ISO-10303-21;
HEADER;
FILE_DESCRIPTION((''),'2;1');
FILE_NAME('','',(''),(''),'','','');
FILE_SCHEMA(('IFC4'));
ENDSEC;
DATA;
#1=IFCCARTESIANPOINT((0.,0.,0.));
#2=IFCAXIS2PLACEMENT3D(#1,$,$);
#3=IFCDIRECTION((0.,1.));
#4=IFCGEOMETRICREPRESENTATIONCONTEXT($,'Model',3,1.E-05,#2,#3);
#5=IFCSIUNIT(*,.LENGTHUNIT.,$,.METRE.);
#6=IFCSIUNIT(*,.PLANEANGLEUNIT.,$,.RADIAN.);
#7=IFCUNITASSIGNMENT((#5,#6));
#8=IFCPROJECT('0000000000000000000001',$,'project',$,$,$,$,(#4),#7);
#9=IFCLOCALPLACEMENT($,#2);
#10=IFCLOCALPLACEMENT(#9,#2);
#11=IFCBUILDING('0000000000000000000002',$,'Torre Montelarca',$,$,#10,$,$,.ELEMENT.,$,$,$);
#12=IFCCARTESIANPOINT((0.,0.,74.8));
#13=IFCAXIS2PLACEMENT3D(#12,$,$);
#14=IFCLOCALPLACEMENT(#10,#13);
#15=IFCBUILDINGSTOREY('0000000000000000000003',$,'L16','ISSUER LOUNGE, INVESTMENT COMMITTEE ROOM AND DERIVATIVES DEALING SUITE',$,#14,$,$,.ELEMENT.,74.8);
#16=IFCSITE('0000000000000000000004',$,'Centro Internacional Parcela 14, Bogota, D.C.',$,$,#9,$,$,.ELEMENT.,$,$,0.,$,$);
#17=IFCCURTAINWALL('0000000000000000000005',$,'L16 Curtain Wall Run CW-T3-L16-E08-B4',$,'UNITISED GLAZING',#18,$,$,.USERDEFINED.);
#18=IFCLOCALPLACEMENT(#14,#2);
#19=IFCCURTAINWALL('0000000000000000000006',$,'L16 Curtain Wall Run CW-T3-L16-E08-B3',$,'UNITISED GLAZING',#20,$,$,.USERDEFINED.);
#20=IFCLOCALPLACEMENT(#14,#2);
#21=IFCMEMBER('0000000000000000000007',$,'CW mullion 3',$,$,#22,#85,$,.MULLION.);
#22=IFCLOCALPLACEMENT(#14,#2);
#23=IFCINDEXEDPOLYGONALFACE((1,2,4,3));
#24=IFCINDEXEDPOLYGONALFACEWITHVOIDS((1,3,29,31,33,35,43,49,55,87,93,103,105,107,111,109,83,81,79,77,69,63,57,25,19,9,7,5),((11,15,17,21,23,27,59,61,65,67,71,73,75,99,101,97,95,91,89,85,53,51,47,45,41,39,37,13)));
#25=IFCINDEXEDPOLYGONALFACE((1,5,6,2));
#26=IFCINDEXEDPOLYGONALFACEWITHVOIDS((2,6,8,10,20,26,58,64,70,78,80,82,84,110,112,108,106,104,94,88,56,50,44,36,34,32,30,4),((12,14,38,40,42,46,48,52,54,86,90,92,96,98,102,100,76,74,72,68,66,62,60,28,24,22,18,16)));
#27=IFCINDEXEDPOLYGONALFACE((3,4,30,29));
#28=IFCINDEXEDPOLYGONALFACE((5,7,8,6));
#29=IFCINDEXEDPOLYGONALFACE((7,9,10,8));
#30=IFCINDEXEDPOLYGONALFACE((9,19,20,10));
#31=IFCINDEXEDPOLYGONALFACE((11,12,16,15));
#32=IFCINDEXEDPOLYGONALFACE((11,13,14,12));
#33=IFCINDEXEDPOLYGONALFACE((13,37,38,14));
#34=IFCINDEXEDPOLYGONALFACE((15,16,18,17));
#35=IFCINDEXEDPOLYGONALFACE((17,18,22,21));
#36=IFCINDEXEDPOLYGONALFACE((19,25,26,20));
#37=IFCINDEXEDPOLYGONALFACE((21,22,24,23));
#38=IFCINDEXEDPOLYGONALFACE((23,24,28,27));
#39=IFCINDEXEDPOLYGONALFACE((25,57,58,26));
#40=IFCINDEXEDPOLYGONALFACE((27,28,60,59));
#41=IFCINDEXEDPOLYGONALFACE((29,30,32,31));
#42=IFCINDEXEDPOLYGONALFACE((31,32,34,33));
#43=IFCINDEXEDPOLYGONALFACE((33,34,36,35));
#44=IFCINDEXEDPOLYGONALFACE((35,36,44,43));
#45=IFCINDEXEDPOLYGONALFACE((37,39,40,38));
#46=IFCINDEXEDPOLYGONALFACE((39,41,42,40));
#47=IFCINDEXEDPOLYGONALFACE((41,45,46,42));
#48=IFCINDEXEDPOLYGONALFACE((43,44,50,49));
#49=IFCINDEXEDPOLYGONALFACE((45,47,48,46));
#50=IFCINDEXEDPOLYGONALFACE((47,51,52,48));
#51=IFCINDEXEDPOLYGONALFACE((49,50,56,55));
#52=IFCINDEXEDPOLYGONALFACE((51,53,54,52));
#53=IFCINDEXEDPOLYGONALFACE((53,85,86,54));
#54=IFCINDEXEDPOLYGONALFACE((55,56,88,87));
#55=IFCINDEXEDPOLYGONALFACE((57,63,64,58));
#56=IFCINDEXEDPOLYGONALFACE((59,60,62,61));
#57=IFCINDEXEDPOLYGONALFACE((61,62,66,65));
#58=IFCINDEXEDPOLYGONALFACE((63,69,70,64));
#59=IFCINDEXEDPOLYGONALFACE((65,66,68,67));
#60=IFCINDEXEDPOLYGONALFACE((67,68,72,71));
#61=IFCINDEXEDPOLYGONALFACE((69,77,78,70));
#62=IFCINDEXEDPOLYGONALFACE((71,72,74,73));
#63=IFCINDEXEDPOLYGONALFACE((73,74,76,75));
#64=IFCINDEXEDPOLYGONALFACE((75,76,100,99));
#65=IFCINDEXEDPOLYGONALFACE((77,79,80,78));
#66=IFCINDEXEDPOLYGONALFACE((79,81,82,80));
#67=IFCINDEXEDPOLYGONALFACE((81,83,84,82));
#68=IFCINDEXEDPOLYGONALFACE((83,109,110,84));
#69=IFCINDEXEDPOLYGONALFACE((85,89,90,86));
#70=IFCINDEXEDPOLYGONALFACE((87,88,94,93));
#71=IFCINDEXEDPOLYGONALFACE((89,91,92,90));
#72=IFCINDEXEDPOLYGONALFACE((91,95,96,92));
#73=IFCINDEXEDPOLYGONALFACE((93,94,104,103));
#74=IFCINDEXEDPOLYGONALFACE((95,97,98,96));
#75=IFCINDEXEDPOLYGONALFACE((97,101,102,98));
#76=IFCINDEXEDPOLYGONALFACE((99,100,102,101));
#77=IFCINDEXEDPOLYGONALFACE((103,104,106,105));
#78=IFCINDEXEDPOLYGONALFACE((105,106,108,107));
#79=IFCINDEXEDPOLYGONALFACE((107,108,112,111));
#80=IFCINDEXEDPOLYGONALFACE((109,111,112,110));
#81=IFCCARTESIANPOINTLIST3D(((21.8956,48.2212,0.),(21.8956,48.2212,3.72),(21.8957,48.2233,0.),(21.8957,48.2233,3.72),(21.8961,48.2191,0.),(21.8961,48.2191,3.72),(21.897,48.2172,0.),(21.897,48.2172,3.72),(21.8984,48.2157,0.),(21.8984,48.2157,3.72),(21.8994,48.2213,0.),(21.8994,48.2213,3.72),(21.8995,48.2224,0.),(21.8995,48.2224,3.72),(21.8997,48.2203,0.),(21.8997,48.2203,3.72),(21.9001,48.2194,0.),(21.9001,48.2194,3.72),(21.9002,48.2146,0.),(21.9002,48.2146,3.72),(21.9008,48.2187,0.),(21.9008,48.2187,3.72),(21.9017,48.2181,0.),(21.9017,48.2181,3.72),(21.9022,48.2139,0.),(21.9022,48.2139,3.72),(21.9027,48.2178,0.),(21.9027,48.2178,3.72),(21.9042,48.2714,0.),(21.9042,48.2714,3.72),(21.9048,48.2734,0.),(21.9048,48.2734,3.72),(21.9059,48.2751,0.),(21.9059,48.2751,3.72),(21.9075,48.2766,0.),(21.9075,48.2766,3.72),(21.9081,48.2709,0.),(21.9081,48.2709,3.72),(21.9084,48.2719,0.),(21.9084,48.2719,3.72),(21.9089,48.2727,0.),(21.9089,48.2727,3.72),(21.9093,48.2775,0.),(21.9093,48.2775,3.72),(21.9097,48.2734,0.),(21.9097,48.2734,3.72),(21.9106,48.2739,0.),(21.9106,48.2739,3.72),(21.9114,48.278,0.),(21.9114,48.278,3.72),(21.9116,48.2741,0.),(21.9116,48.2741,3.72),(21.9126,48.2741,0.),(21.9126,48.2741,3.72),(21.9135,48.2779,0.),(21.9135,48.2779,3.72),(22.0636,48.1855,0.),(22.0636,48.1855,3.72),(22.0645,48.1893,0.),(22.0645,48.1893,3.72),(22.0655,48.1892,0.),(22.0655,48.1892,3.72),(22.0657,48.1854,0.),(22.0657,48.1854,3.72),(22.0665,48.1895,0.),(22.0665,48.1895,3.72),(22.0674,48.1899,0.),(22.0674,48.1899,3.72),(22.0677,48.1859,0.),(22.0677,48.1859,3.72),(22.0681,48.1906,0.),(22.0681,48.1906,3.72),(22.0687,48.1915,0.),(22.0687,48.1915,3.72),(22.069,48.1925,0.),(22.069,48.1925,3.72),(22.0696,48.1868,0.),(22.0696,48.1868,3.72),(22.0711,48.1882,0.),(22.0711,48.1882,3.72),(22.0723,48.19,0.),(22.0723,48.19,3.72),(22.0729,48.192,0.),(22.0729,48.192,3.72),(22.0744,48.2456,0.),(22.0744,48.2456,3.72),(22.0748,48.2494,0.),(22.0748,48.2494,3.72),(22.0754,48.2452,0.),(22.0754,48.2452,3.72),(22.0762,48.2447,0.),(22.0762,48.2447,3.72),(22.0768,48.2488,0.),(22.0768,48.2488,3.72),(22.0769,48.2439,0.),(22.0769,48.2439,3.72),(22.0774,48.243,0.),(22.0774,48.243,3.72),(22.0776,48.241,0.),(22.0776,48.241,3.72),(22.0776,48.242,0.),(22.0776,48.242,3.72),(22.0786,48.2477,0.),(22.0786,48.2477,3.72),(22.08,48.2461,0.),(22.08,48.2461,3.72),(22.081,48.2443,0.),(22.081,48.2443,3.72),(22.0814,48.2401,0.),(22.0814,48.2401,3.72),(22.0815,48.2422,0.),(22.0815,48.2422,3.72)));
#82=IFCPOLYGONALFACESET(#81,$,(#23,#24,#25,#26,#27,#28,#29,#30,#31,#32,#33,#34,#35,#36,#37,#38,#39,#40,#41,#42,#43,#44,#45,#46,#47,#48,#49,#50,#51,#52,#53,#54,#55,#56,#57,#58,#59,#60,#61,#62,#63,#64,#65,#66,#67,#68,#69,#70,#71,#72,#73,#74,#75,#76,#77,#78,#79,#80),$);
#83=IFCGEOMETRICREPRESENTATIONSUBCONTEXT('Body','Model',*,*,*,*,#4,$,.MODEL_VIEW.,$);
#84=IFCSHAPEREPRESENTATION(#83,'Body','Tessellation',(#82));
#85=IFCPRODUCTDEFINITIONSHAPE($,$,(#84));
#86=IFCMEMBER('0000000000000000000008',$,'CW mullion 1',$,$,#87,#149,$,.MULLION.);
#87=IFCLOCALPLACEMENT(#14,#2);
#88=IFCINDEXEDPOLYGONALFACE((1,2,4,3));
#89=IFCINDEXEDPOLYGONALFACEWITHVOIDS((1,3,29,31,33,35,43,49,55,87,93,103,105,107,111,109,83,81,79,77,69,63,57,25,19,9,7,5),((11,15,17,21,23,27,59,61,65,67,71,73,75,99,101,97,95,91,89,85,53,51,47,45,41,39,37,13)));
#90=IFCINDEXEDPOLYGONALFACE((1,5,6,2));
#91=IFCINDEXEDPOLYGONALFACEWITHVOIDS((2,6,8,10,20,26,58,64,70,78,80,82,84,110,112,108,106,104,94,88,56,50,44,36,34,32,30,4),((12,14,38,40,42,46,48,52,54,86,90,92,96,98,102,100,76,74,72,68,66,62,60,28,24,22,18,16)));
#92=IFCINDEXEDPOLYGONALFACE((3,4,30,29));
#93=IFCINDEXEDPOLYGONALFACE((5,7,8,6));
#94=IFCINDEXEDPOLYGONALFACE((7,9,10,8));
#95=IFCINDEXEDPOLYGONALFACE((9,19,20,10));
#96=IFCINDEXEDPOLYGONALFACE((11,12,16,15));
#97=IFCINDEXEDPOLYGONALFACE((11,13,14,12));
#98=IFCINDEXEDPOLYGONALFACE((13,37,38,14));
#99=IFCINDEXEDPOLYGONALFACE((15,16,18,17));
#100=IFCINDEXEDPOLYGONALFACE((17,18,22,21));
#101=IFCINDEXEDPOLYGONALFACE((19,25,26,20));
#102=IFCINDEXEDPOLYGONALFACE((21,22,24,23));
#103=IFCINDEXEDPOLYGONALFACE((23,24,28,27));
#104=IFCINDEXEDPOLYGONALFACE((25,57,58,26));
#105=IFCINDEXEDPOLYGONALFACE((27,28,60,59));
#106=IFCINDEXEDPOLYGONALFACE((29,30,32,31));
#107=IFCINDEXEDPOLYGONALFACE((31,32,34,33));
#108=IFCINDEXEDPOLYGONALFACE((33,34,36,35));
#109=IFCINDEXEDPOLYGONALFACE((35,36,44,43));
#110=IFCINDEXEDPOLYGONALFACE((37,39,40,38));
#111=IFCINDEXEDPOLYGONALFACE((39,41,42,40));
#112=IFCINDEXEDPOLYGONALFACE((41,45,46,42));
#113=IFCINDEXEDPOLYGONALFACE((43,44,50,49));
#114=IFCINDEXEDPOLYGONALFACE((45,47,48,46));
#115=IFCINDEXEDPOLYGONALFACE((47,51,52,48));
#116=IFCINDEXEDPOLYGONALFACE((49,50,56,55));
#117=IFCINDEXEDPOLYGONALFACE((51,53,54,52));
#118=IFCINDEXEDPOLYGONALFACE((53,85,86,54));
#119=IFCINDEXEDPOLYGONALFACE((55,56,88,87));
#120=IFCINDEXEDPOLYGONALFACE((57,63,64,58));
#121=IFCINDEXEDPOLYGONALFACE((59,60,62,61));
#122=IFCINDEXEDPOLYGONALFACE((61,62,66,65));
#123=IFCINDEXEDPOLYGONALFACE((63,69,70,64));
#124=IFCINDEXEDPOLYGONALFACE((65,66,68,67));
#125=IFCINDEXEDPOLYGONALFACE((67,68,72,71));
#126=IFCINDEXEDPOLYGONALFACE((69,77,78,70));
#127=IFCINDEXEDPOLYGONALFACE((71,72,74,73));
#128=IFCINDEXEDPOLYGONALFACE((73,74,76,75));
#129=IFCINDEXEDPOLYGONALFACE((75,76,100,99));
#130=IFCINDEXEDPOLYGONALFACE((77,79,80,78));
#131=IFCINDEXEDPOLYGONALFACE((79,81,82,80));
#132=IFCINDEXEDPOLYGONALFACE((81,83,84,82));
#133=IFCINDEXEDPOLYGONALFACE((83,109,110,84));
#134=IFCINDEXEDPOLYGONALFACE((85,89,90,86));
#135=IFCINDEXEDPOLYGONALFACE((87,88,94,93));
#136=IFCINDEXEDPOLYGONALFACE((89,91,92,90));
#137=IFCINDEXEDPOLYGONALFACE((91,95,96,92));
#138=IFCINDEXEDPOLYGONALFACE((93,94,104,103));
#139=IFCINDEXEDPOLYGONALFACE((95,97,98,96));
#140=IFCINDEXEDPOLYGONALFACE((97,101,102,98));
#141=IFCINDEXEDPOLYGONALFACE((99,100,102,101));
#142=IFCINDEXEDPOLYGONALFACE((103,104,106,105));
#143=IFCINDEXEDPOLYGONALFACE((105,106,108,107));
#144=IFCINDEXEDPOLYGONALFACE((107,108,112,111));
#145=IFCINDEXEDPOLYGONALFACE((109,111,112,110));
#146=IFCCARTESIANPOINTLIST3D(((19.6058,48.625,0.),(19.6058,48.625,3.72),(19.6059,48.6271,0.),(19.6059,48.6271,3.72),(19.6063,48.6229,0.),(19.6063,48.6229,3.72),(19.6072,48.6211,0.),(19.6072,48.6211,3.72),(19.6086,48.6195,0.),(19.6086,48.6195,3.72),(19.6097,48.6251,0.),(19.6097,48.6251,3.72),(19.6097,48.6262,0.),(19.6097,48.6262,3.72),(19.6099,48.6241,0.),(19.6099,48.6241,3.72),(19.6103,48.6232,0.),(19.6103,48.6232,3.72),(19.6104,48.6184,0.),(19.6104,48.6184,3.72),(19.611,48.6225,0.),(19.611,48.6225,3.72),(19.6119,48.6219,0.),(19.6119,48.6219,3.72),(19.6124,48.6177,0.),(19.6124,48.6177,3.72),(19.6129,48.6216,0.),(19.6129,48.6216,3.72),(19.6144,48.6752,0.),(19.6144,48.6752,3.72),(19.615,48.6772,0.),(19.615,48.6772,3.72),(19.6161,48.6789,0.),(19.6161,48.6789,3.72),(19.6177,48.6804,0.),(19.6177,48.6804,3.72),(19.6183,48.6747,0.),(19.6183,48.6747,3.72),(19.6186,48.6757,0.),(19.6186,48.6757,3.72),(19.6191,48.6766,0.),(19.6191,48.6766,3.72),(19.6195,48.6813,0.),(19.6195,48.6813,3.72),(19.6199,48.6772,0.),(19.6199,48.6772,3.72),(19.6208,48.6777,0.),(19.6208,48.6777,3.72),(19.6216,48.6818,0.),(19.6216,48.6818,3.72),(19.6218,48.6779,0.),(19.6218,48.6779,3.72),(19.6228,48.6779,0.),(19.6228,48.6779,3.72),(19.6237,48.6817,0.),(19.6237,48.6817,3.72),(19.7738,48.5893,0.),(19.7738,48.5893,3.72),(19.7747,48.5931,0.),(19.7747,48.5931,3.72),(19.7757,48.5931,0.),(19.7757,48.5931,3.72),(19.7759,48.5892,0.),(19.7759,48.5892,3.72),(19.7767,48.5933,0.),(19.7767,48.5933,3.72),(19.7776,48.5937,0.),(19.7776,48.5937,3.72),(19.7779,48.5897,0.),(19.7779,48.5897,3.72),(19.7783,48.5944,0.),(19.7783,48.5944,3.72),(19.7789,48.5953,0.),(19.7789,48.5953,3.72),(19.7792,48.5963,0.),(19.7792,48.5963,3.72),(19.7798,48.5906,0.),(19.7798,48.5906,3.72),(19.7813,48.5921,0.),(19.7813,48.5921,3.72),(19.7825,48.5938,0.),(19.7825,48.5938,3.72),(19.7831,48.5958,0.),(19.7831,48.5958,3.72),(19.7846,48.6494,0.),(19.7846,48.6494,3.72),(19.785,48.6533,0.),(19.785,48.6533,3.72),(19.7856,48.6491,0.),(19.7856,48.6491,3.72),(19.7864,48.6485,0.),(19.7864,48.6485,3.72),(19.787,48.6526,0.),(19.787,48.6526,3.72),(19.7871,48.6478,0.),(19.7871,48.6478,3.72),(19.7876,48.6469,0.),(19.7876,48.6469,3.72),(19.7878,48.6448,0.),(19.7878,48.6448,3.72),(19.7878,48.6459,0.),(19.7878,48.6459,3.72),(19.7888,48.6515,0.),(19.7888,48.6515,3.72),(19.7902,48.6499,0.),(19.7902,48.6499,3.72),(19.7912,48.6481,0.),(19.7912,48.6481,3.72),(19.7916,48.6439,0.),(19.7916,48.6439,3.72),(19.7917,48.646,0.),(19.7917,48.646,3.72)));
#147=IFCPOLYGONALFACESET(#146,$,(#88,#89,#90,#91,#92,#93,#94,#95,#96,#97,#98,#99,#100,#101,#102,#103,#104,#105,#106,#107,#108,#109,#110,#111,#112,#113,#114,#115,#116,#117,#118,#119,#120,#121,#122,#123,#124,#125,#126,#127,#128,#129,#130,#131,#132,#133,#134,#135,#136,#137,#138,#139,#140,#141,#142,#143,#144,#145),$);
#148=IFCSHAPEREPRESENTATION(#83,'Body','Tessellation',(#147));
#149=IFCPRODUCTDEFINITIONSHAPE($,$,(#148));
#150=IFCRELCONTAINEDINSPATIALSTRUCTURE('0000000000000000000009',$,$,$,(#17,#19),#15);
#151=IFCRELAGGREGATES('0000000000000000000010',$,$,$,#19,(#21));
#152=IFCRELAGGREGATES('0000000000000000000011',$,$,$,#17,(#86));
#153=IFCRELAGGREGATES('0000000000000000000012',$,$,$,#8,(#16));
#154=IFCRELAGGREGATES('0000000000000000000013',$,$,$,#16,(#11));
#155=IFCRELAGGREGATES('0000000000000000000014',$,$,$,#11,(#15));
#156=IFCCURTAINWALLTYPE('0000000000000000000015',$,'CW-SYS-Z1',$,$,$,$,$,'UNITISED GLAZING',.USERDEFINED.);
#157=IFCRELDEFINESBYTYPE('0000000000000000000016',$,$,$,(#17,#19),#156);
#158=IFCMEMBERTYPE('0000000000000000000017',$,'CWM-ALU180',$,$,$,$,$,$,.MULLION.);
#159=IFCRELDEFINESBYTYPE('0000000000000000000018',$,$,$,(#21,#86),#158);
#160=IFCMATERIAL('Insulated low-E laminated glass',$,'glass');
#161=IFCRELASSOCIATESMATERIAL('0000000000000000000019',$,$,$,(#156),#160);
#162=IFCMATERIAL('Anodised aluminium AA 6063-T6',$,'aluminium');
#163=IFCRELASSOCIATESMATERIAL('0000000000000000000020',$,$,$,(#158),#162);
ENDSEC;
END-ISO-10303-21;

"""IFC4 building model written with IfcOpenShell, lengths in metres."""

from ifc_helpers import new_model, si_unit, direction, frame, origin, origin_2d, place, context, subcontext, project, spatial, hollow_rectangle, extrude, source, transform, mapped, material, material_profile, profile_set, type_object, element, aggregate, save


model = new_model("IFC4")

# Units and contexts
model_context = context("Model", 3, precision=1e-05, world=origin(), true_north=direction((0.0, 1.0)))
body_context = subcontext(model_context, "Body", "Model", "MODEL_VIEW")
ifc_project = project(units=[si_unit("LENGTHUNIT", "METRE"), si_unit("PLANEANGLEUNIT", "RADIAN")], contexts=[model_context])

# Site, building, storey
site_placement = place(None, origin())
site = spatial("IfcSite", under=ifc_project, at=site_placement, Name="Centro Internacional Parcela 14, Bogota, D.C.", CompositionType="ELEMENT", RefElevation=0.0)
building_placement = place(site_placement, origin())
building = spatial("IfcBuilding", under=site, at=building_placement, Name="Torre Montelarca", CompositionType="ELEMENT")
storey_placement = place(building_placement, frame((0.0, 0.0, 74.8)))
storey = spatial("IfcBuildingStorey", under=building, at=storey_placement, Name="L16", Description="ISSUER LOUNGE, INVESTMENT COMMITTEE ROOM AND DERIVATIVES DEALING SUITE", CompositionType="ELEMENT", Elevation=74.8)

# Curtain wall
ifc_material_1 = material(Name="Insulated low-E laminated glass", Category="glass")
curtain_wall_type = type_object("IfcCurtainWallType", Name="CW-SYS-Z1", ElementType="UNITISED GLAZING", PredefinedType="USERDEFINED", material=ifc_material_1)
curtain_wall_1_placement = place(storey_placement, origin())
curtain_wall_1 = element("IfcCurtainWall", 1, at=curtain_wall_1_placement, inside=storey, type_object=curtain_wall_type, Name="L16 Curtain Wall Run CW-T3-L16-E08-B4", ObjectType="UNITISED GLAZING", PredefinedType="USERDEFINED")
ifc_material_2 = material(Name="Anodised aluminium AA 6063-T6", Category="aluminium")

# Curtain wall, member
curtain_wall_2_placement = place(storey_placement, origin())
curtain_wall_2 = element("IfcCurtainWall", 2, at=curtain_wall_2_placement, inside=storey, type_object=curtain_wall_type, Name="L16 Curtain Wall Run CW-T3-L16-E08-B3", ObjectType="UNITISED GLAZING", PredefinedType="USERDEFINED")
ifc_material_profile_1 = material_profile(ifc_material_2, hollow_rectangle(XDim=0.0649, YDim=0.1799, WallThickness=0.0039, InnerFilletRadius=0.0039, OuterFilletRadius=0.0081, at=origin_2d()), Name="ALU65X180X4", Category="aluminium")
ifc_profile_set_1 = profile_set([ifc_material_profile_1], Name="Anodised aluminium AA 6063-T6")
member_type_1 = type_object("IfcMemberType", Name="CWM-ALU180", PredefinedType="MULLION", material=ifc_profile_set_1)
shared_shape_1 = source(origin(), body_context, "Body", "SweptSolid", [
    extrude(hollow_rectangle(XDim=0.0649, YDim=0.1799, WallThickness=0.0039, InnerFilletRadius=0.0039, OuterFilletRadius=0.0081, at=origin_2d()), origin(), (0.0, 0.0, 1.0), 3.72),
])
member_1_placement = place(storey_placement, frame((21.9885, 48.2317, 0.0), z_axis=(0.0, 0.0, 1.0), x_axis=(-0.17365, -0.984807, 0.0)))
member_1 = element("IfcMember", 3, at=member_1_placement, type_object=member_type_1, Name="CW mullion 3", PredefinedType="MULLION", context=body_context, shape_type="MappedRepresentation", body=[
    mapped(shared_shape_1, transform((0.0, 0.0, 0.0), scale=1.0)),
])
aggregate(curtain_wall_2, [member_1])

# Member
member_2_placement = place(storey_placement, frame((19.6987, 48.6355, 0.0), z_axis=(0.0, 0.0, 1.0), x_axis=(-0.173652, -0.984807, 0.0)))
member_2 = element("IfcMember", 4, at=member_2_placement, type_object=member_type_1, Name="CW mullion 1", PredefinedType="MULLION", context=body_context, shape_type="MappedRepresentation", body=[
    mapped(shared_shape_1, transform((0.0, 0.0, 0.0), scale=1.0)),
])

aggregate(curtain_wall_1, [member_2])

save(model, "model.ifc")
